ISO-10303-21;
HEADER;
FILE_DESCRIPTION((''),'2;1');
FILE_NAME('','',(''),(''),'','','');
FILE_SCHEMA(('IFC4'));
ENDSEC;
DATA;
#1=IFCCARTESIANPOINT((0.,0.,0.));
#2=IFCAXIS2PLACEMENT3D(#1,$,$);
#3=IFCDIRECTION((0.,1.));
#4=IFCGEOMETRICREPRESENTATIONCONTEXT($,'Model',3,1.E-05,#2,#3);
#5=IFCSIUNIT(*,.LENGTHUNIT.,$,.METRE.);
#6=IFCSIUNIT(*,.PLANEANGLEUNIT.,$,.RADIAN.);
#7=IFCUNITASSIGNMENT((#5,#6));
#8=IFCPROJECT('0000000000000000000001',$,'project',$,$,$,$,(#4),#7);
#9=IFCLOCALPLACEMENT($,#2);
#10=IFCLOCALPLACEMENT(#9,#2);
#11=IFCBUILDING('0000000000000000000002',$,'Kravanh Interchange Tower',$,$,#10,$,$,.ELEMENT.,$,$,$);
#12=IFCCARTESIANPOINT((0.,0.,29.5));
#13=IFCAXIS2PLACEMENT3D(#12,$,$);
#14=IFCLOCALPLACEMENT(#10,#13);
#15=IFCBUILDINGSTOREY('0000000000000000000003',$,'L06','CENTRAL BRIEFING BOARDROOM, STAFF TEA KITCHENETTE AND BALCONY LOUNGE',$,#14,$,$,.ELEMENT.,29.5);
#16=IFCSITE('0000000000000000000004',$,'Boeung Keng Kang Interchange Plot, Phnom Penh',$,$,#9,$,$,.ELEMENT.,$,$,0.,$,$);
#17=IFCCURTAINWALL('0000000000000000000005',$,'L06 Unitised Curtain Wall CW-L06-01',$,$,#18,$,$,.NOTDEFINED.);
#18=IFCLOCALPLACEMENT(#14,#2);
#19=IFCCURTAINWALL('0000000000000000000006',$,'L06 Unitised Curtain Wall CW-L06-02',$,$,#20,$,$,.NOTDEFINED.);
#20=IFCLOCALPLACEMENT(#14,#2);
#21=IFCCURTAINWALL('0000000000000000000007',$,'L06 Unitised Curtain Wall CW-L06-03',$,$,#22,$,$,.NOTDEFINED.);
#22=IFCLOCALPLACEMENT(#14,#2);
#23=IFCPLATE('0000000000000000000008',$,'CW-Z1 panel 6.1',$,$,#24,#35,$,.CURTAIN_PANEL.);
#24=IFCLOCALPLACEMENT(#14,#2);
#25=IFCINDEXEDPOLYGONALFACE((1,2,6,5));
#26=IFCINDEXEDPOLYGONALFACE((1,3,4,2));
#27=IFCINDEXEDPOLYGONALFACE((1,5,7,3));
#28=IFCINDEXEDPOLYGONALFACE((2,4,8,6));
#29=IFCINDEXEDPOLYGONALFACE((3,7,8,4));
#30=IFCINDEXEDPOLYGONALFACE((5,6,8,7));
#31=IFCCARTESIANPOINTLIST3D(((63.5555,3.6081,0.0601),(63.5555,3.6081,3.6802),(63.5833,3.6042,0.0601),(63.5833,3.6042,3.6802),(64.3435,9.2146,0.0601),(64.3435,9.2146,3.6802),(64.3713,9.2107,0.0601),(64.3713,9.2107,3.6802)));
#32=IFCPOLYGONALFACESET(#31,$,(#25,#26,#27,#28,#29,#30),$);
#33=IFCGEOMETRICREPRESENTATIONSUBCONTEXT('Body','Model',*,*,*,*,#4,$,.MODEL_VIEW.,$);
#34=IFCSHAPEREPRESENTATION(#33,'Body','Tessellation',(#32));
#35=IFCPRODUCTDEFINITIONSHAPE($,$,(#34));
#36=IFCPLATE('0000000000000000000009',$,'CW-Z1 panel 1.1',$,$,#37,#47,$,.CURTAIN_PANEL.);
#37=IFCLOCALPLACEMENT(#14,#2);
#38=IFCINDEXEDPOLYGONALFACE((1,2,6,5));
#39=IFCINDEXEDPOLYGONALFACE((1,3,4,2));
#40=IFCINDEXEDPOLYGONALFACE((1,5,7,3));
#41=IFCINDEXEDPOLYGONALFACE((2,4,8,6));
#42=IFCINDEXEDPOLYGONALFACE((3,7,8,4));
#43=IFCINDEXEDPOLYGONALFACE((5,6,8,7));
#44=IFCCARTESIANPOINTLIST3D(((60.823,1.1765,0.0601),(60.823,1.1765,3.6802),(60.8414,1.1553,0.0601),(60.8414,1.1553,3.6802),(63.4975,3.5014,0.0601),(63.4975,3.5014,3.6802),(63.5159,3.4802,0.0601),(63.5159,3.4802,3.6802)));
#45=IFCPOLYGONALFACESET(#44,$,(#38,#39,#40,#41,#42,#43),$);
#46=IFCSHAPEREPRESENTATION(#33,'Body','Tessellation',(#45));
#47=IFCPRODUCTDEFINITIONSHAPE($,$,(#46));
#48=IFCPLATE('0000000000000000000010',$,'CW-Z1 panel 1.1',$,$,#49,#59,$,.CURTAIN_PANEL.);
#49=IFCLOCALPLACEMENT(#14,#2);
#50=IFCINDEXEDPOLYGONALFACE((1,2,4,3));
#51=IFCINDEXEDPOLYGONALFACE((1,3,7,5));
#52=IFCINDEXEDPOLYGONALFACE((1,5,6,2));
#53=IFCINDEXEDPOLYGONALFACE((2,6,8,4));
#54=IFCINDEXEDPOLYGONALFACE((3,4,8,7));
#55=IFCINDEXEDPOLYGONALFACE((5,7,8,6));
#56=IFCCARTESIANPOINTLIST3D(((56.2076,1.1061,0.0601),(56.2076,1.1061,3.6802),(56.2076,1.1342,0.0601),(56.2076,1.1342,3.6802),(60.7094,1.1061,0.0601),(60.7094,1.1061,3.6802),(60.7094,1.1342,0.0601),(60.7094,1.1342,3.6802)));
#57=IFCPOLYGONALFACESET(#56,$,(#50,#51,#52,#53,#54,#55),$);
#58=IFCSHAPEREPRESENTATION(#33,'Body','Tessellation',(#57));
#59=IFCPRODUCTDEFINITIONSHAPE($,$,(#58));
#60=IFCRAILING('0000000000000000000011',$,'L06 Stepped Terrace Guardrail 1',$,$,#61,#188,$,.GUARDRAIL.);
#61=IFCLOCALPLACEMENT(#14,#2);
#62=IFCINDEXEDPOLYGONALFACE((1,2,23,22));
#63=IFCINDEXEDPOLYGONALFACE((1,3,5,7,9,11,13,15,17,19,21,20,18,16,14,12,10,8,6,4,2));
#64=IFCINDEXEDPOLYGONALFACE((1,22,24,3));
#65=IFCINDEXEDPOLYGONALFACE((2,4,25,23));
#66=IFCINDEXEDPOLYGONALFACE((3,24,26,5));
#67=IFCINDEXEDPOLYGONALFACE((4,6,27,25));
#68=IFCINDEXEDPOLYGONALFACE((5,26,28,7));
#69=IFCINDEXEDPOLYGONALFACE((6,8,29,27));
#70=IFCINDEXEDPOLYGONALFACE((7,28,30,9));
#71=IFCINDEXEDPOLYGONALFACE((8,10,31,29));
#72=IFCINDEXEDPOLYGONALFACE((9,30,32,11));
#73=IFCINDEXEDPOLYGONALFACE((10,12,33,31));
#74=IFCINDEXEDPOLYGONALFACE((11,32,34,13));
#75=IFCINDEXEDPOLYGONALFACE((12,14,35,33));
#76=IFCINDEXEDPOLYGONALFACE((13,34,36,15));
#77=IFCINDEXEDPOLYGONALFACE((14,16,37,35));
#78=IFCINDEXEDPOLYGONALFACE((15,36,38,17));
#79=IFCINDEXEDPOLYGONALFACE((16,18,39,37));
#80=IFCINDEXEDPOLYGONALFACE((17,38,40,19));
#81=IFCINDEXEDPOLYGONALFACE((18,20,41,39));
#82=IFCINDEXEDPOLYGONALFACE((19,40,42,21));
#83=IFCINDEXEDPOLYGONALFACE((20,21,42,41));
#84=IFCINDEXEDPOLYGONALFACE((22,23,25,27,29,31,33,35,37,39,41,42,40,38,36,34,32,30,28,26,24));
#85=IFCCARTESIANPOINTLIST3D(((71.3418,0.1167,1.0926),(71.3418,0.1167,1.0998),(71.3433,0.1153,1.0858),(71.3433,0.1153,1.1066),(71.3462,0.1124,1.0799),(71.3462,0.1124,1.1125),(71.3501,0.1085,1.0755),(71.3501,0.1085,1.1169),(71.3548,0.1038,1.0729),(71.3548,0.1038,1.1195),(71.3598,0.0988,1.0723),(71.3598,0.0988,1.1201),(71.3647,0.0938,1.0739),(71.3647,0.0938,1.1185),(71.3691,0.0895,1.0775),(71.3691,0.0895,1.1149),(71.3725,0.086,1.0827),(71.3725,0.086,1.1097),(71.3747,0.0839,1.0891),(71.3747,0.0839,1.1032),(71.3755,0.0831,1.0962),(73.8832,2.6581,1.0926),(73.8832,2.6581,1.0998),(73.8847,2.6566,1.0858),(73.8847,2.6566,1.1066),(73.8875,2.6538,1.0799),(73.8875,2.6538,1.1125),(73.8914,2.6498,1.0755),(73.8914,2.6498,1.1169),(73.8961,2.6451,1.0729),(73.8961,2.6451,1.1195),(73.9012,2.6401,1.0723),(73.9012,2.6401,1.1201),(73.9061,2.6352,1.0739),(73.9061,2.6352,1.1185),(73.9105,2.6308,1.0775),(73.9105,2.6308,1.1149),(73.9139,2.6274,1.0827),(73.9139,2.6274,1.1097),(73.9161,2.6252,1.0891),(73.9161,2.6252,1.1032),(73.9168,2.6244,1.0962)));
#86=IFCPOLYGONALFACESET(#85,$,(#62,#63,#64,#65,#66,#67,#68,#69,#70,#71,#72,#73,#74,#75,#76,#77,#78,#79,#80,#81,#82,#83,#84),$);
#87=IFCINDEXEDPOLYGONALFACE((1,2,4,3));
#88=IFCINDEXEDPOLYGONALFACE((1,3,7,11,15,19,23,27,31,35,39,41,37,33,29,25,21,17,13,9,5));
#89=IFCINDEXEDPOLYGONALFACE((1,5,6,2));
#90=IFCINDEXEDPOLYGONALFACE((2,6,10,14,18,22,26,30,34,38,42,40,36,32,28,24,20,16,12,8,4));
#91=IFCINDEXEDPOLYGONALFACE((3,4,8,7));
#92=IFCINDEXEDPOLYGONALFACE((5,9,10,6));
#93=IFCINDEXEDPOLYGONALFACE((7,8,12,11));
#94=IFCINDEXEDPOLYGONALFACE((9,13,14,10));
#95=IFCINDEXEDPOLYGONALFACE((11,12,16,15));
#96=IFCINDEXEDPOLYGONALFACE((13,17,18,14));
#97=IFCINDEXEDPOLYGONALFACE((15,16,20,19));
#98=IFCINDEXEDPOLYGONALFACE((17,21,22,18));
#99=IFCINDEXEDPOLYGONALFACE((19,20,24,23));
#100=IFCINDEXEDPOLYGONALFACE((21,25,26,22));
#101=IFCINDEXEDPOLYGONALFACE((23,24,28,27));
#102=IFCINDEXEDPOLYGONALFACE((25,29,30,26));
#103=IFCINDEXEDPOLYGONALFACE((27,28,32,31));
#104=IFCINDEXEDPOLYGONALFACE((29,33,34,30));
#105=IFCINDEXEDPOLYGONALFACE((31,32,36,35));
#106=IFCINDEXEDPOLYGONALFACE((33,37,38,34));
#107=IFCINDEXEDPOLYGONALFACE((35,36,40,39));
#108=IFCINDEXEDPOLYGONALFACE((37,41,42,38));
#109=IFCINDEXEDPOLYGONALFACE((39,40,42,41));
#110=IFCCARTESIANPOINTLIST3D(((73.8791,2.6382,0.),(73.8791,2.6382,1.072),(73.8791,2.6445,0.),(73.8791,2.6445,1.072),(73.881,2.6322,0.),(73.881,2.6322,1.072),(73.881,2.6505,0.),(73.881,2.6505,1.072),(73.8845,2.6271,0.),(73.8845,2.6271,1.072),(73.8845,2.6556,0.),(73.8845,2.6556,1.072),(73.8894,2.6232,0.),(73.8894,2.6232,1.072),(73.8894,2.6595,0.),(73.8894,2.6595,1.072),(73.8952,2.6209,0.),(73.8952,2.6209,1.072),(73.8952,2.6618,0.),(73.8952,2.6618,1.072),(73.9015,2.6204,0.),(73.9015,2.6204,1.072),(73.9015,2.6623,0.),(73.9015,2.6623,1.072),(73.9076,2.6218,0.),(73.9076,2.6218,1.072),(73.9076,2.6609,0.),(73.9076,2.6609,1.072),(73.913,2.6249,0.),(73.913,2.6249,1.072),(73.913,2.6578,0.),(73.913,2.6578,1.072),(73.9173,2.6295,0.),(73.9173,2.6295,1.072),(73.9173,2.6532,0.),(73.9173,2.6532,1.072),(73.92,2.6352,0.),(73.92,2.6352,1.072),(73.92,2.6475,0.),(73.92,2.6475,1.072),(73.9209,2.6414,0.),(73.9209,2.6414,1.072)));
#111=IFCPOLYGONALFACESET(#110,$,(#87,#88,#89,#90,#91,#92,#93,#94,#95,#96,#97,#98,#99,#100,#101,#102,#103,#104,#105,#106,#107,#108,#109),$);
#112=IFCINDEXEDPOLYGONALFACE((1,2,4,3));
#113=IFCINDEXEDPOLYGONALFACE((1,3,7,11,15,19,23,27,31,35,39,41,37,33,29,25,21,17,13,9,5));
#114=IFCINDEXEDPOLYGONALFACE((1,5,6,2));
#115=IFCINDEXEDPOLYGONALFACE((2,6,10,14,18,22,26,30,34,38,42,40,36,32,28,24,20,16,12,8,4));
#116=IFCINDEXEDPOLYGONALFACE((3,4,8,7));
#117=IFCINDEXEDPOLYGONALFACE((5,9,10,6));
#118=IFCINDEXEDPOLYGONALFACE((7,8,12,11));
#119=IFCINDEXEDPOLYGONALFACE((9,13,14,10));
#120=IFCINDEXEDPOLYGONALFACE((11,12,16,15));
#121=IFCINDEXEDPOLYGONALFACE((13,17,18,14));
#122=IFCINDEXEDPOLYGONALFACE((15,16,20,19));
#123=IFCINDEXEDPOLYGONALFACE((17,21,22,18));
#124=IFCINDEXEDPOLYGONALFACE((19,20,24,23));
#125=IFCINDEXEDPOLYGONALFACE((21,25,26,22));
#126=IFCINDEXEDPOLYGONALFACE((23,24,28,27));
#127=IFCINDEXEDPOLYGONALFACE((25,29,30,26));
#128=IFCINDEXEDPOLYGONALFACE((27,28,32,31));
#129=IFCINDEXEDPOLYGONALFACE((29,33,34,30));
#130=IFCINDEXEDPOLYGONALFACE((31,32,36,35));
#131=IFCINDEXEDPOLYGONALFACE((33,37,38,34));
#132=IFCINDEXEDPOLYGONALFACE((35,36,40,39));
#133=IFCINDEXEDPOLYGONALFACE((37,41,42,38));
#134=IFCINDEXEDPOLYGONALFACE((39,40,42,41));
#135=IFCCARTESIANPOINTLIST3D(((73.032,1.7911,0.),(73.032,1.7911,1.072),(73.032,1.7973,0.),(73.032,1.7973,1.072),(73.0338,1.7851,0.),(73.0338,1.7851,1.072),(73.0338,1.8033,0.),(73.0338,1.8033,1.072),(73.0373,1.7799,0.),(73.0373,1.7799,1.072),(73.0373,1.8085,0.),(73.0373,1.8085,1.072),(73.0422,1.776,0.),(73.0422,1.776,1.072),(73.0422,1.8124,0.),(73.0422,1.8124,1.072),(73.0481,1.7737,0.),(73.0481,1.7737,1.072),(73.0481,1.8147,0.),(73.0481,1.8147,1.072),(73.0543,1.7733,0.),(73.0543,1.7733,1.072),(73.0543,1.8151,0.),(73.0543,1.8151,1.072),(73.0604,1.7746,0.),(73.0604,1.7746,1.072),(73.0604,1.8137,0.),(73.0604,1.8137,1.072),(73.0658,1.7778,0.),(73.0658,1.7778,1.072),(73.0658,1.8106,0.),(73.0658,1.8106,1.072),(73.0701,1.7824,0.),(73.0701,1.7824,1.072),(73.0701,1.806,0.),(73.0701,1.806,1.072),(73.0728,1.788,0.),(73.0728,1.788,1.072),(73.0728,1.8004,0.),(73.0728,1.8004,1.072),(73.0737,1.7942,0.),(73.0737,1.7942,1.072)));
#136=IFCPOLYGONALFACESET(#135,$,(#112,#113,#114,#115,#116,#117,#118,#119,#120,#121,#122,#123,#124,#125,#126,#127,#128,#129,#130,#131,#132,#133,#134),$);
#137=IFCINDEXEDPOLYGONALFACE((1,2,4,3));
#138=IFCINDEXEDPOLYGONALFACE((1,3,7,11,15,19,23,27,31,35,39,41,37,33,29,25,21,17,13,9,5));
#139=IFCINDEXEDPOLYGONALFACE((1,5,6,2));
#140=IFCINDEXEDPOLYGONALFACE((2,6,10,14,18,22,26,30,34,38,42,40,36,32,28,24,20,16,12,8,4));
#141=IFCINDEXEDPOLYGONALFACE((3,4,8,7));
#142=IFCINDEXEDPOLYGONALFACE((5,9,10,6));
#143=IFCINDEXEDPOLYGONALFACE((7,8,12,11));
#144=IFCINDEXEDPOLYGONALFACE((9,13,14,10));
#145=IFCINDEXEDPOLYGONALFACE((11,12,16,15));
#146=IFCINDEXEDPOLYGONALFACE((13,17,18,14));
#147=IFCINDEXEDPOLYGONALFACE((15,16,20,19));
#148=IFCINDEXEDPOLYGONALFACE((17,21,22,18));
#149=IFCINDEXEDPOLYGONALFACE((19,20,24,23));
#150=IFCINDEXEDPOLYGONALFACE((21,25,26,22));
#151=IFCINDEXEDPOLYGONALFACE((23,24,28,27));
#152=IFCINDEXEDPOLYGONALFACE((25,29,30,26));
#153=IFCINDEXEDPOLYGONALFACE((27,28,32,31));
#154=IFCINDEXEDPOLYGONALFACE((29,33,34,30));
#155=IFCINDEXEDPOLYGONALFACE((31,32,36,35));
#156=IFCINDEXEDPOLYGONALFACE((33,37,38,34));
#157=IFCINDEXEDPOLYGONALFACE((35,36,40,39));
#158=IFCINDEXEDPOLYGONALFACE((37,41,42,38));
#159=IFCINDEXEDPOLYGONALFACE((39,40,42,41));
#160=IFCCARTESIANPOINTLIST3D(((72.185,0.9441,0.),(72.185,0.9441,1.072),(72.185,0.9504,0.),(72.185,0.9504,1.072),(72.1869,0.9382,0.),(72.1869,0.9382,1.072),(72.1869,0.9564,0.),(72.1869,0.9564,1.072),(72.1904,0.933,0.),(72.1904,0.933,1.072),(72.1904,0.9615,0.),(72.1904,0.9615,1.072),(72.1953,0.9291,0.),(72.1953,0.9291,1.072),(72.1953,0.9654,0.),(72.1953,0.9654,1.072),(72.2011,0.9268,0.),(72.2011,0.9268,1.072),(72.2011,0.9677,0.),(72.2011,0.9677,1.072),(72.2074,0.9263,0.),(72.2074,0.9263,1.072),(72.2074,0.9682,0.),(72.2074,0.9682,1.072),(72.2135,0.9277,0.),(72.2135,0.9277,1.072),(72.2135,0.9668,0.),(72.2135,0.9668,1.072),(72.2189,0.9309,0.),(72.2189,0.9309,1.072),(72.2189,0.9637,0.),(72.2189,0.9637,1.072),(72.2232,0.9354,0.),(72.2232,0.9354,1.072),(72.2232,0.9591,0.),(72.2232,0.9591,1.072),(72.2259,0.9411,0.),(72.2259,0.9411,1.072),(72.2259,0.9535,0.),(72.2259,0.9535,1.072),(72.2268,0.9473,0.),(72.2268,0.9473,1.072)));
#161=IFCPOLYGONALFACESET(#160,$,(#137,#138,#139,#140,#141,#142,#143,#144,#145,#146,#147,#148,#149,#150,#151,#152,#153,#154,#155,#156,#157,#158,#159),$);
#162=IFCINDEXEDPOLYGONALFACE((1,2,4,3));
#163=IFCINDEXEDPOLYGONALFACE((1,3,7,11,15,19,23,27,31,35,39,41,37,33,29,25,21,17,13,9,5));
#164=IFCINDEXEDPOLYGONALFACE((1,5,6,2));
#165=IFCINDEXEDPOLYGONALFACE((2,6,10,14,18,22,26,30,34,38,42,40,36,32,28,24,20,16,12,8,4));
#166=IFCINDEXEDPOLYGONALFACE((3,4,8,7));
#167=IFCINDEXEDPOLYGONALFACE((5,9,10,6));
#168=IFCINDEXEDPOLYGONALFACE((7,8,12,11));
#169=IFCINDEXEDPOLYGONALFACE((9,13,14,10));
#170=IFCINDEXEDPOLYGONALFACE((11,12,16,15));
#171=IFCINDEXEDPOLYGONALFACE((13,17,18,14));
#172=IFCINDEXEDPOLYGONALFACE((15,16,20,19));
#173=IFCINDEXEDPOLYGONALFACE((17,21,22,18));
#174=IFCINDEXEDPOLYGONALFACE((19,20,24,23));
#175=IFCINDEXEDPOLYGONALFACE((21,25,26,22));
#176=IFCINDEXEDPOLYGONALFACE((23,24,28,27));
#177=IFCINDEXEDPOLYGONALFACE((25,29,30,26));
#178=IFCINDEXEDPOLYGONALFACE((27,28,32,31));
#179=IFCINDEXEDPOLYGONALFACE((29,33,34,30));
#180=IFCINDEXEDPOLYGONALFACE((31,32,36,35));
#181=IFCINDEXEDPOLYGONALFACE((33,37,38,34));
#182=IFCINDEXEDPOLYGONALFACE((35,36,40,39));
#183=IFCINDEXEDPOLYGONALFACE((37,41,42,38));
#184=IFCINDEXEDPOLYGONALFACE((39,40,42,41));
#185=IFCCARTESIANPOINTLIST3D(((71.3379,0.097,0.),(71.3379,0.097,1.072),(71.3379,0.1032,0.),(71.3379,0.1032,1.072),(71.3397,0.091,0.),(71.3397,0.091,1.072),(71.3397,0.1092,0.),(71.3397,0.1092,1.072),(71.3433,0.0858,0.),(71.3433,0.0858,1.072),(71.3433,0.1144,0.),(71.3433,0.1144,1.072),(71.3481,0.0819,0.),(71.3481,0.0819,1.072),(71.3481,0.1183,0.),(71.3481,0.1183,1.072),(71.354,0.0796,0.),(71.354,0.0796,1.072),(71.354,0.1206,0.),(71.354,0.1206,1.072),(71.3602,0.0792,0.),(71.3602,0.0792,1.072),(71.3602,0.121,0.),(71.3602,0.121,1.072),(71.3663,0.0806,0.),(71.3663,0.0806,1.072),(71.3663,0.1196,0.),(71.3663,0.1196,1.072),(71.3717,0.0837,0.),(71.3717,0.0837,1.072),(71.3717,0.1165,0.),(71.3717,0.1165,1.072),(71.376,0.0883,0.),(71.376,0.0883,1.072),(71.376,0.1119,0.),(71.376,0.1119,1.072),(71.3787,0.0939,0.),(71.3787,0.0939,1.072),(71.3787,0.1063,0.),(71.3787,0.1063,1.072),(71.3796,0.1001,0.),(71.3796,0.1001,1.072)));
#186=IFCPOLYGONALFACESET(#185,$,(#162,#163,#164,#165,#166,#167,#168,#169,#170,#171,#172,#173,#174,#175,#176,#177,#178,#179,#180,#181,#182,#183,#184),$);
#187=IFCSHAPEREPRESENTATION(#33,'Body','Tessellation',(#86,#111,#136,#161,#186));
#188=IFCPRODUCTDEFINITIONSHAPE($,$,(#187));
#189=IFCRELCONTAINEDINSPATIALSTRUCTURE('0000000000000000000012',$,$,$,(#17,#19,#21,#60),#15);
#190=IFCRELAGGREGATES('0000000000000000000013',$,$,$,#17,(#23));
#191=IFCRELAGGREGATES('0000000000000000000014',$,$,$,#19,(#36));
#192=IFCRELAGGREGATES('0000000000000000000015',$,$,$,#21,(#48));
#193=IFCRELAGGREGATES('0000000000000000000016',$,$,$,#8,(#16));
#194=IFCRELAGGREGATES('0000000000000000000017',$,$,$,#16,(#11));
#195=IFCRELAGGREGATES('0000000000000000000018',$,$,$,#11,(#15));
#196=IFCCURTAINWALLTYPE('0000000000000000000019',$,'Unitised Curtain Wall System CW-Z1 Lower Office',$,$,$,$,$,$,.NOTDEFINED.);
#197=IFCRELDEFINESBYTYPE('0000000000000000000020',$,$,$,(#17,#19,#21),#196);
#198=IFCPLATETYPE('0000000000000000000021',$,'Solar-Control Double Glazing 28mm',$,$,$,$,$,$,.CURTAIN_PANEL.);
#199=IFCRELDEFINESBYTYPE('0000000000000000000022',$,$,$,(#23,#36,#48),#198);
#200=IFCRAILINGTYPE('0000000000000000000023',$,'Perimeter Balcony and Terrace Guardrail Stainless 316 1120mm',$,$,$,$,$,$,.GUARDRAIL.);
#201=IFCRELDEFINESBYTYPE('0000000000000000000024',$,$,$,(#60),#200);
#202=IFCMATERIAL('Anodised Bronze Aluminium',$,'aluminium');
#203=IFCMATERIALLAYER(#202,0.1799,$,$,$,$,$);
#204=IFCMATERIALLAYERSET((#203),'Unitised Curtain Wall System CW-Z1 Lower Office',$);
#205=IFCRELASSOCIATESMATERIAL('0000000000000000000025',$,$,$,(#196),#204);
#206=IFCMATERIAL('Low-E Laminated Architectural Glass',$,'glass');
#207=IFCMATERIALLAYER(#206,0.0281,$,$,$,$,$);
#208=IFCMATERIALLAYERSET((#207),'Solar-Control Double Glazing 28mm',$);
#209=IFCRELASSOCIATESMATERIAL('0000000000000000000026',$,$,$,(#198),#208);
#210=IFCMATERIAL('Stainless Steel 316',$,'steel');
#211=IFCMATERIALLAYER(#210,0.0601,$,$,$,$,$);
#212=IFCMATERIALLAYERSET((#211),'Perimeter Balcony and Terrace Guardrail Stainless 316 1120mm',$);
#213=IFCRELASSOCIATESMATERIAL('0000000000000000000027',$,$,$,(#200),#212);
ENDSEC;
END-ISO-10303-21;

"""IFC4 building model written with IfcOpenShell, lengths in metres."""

from ifc_helpers import new_model, si_unit, direction, frame, origin, origin_2d, place, context, subcontext, project, spatial, rectangle, circle, extrude, material, layer, layer_set, type_object, element, aggregate, save


model = new_model("IFC4")

# Units and contexts
model_context = context("Model", 3, precision=1e-05, world=origin(), true_north=direction((0.0, 1.0)))
body_context = subcontext(model_context, "Body", "Model", "MODEL_VIEW")
ifc_project = project(units=[si_unit("LENGTHUNIT", "METRE"), si_unit("PLANEANGLEUNIT", "RADIAN")], contexts=[model_context])

# Site, building, storey
site_placement = place(None, origin())
site = spatial("IfcSite", under=ifc_project, at=site_placement, Name="Boeung Keng Kang Interchange Plot, Phnom Penh", CompositionType="ELEMENT", RefElevation=0.0)
building_placement = place(site_placement, origin())
building = spatial("IfcBuilding", under=site, at=building_placement, Name="Kravanh Interchange Tower", CompositionType="ELEMENT")
storey_placement = place(building_placement, frame((0.0, 0.0, 29.5)))
storey = spatial("IfcBuildingStorey", under=building, at=storey_placement, Name="L06", Description="CENTRAL BRIEFING BOARDROOM, STAFF TEA KITCHENETTE AND BALCONY LOUNGE", CompositionType="ELEMENT", Elevation=29.5)

# Curtain wall
ifc_material_1 = material(Name="Anodised Bronze Aluminium", Category="aluminium")
ifc_layer_1 = layer(ifc_material_1, 0.1799)
ifc_layer_set_1 = layer_set([ifc_layer_1], Name="Unitised Curtain Wall System CW-Z1 Lower Office")
curtain_wall_type = type_object("IfcCurtainWallType", Name="Unitised Curtain Wall System CW-Z1 Lower Office", PredefinedType="NOTDEFINED", material=ifc_layer_set_1)
curtain_wall_1_placement = place(storey_placement, origin())
curtain_wall_1 = element("IfcCurtainWall", 1, at=curtain_wall_1_placement, inside=storey, type_object=curtain_wall_type, Name="L06 Unitised Curtain Wall CW-L06-01", PredefinedType="NOTDEFINED")

# Curtain walls
curtain_wall_2_placement = place(storey_placement, origin())
curtain_wall_2 = element("IfcCurtainWall", 2, at=curtain_wall_2_placement, inside=storey, type_object=curtain_wall_type, Name="L06 Unitised Curtain Wall CW-L06-02", PredefinedType="NOTDEFINED")
curtain_wall_3_placement = place(storey_placement, origin())
curtain_wall_3 = element("IfcCurtainWall", 3, at=curtain_wall_3_placement, inside=storey, type_object=curtain_wall_type, Name="L06 Unitised Curtain Wall CW-L06-03", PredefinedType="NOTDEFINED")

# Plates
ifc_material_2 = material(Name="Low-E Laminated Architectural Glass", Category="glass")
ifc_layer_2 = layer(ifc_material_2, 0.0281)
ifc_layer_set_2 = layer_set([ifc_layer_2], Name="Solar-Control Double Glazing 28mm")
plate_type = type_object("IfcPlateType", Name="Solar-Control Double Glazing 28mm", PredefinedType="CURTAIN_PANEL", material=ifc_layer_set_2)
plate_1_placement = place(storey_placement, frame((63.9634, 6.4094, 0.0601), z_axis=(0.0, 0.0, 1.0), x_axis=(-0.139177, -0.990268, 0.0)))
plate_1 = element("IfcPlate", 4, at=plate_1_placement, type_object=plate_type, Name="CW-Z1 panel 6.1", PredefinedType="CURTAIN_PANEL", context=body_context, shape_type="SweptSolid", body=[
    extrude(rectangle(XDim=5.6616, YDim=0.0281, at=origin_2d()), origin(), (0.0, 0.0, 1.0), 3.6201),
])
aggregate(curtain_wall_1, [plate_1])
plate_2_placement = place(storey_placement, frame((62.1694, 2.3284, 0.0601), z_axis=(0.0, 0.0, 1.0), x_axis=(-0.754708, -0.65606, 0.0)))
plate_2 = element("IfcPlate", 5, at=plate_2_placement, type_object=plate_type, Name="CW-Z1 panel 1.1", PredefinedType="CURTAIN_PANEL", context=body_context, shape_type="SweptSolid", body=[
    extrude(rectangle(XDim=3.5437, YDim=0.0281, at=origin_2d()), origin(), (0.0, 0.0, 1.0), 3.6201),
])
aggregate(curtain_wall_2, [plate_2])
plate_3_placement = place(storey_placement, frame((58.4585, 1.1201, 0.0601), z_axis=(0.0, 0.0, 1.0), x_axis=(-1.0, 0.0, 0.0)))
plate_3 = element("IfcPlate", 6, at=plate_3_placement, type_object=plate_type, Name="CW-Z1 panel 1.1", PredefinedType="CURTAIN_PANEL", context=body_context, shape_type="SweptSolid", body=[
    extrude(rectangle(XDim=4.5017, YDim=0.0281, at=origin_2d()), origin(), (0.0, 0.0, 1.0), 3.6201),
])
aggregate(curtain_wall_3, [plate_3])

# Railing
ifc_material_3 = material(Name="Stainless Steel 316", Category="steel")
ifc_layer_3 = layer(ifc_material_3, 0.0601)
ifc_layer_set_3 = layer_set([ifc_layer_3], Name="Perimeter Balcony and Terrace Guardrail Stainless 316 1120mm")
railing_type = type_object("IfcRailingType", Name="Perimeter Balcony and Terrace Guardrail Stainless 316 1120mm", PredefinedType="GUARDRAIL", material=ifc_layer_set_3)
railing_1_placement = place(storey_placement, frame((73.8999, 2.6414, 0.0)))
element("IfcRailing", 7, at=railing_1_placement, inside=storey, type_object=railing_type, Name="L06 Stepped Terrace Guardrail 1", PredefinedType="GUARDRAIL", context=body_context, shape_type="SweptSolid", body=[
    extrude(circle(Radius=0.0239, at=origin_2d()), frame((0.0, 0.0, 1.0962), z_axis=(-0.707107, -0.707107, 0.0), x_axis=(0.707107, -0.707107, 0.0)), (0.0, 0.0, 1.0), 3.594),
    extrude(circle(Radius=0.021, at=origin_2d()), origin(), (0.0, 0.0, 1.0), 1.072),
    extrude(circle(Radius=0.021, at=origin_2d()), frame((-0.8472, -0.8472, 0.0)), (0.0, 0.0, 1.0), 1.072),
    extrude(circle(Radius=0.021, at=origin_2d()), frame((-1.6941, -1.6941, 0.0)), (0.0, 0.0, 1.0), 1.072),
    extrude(circle(Radius=0.021, at=origin_2d()), frame((-2.5413, -2.5413, 0.0)), (0.0, 0.0, 1.0), 1.072),
])

save(model, "model.ifc")
